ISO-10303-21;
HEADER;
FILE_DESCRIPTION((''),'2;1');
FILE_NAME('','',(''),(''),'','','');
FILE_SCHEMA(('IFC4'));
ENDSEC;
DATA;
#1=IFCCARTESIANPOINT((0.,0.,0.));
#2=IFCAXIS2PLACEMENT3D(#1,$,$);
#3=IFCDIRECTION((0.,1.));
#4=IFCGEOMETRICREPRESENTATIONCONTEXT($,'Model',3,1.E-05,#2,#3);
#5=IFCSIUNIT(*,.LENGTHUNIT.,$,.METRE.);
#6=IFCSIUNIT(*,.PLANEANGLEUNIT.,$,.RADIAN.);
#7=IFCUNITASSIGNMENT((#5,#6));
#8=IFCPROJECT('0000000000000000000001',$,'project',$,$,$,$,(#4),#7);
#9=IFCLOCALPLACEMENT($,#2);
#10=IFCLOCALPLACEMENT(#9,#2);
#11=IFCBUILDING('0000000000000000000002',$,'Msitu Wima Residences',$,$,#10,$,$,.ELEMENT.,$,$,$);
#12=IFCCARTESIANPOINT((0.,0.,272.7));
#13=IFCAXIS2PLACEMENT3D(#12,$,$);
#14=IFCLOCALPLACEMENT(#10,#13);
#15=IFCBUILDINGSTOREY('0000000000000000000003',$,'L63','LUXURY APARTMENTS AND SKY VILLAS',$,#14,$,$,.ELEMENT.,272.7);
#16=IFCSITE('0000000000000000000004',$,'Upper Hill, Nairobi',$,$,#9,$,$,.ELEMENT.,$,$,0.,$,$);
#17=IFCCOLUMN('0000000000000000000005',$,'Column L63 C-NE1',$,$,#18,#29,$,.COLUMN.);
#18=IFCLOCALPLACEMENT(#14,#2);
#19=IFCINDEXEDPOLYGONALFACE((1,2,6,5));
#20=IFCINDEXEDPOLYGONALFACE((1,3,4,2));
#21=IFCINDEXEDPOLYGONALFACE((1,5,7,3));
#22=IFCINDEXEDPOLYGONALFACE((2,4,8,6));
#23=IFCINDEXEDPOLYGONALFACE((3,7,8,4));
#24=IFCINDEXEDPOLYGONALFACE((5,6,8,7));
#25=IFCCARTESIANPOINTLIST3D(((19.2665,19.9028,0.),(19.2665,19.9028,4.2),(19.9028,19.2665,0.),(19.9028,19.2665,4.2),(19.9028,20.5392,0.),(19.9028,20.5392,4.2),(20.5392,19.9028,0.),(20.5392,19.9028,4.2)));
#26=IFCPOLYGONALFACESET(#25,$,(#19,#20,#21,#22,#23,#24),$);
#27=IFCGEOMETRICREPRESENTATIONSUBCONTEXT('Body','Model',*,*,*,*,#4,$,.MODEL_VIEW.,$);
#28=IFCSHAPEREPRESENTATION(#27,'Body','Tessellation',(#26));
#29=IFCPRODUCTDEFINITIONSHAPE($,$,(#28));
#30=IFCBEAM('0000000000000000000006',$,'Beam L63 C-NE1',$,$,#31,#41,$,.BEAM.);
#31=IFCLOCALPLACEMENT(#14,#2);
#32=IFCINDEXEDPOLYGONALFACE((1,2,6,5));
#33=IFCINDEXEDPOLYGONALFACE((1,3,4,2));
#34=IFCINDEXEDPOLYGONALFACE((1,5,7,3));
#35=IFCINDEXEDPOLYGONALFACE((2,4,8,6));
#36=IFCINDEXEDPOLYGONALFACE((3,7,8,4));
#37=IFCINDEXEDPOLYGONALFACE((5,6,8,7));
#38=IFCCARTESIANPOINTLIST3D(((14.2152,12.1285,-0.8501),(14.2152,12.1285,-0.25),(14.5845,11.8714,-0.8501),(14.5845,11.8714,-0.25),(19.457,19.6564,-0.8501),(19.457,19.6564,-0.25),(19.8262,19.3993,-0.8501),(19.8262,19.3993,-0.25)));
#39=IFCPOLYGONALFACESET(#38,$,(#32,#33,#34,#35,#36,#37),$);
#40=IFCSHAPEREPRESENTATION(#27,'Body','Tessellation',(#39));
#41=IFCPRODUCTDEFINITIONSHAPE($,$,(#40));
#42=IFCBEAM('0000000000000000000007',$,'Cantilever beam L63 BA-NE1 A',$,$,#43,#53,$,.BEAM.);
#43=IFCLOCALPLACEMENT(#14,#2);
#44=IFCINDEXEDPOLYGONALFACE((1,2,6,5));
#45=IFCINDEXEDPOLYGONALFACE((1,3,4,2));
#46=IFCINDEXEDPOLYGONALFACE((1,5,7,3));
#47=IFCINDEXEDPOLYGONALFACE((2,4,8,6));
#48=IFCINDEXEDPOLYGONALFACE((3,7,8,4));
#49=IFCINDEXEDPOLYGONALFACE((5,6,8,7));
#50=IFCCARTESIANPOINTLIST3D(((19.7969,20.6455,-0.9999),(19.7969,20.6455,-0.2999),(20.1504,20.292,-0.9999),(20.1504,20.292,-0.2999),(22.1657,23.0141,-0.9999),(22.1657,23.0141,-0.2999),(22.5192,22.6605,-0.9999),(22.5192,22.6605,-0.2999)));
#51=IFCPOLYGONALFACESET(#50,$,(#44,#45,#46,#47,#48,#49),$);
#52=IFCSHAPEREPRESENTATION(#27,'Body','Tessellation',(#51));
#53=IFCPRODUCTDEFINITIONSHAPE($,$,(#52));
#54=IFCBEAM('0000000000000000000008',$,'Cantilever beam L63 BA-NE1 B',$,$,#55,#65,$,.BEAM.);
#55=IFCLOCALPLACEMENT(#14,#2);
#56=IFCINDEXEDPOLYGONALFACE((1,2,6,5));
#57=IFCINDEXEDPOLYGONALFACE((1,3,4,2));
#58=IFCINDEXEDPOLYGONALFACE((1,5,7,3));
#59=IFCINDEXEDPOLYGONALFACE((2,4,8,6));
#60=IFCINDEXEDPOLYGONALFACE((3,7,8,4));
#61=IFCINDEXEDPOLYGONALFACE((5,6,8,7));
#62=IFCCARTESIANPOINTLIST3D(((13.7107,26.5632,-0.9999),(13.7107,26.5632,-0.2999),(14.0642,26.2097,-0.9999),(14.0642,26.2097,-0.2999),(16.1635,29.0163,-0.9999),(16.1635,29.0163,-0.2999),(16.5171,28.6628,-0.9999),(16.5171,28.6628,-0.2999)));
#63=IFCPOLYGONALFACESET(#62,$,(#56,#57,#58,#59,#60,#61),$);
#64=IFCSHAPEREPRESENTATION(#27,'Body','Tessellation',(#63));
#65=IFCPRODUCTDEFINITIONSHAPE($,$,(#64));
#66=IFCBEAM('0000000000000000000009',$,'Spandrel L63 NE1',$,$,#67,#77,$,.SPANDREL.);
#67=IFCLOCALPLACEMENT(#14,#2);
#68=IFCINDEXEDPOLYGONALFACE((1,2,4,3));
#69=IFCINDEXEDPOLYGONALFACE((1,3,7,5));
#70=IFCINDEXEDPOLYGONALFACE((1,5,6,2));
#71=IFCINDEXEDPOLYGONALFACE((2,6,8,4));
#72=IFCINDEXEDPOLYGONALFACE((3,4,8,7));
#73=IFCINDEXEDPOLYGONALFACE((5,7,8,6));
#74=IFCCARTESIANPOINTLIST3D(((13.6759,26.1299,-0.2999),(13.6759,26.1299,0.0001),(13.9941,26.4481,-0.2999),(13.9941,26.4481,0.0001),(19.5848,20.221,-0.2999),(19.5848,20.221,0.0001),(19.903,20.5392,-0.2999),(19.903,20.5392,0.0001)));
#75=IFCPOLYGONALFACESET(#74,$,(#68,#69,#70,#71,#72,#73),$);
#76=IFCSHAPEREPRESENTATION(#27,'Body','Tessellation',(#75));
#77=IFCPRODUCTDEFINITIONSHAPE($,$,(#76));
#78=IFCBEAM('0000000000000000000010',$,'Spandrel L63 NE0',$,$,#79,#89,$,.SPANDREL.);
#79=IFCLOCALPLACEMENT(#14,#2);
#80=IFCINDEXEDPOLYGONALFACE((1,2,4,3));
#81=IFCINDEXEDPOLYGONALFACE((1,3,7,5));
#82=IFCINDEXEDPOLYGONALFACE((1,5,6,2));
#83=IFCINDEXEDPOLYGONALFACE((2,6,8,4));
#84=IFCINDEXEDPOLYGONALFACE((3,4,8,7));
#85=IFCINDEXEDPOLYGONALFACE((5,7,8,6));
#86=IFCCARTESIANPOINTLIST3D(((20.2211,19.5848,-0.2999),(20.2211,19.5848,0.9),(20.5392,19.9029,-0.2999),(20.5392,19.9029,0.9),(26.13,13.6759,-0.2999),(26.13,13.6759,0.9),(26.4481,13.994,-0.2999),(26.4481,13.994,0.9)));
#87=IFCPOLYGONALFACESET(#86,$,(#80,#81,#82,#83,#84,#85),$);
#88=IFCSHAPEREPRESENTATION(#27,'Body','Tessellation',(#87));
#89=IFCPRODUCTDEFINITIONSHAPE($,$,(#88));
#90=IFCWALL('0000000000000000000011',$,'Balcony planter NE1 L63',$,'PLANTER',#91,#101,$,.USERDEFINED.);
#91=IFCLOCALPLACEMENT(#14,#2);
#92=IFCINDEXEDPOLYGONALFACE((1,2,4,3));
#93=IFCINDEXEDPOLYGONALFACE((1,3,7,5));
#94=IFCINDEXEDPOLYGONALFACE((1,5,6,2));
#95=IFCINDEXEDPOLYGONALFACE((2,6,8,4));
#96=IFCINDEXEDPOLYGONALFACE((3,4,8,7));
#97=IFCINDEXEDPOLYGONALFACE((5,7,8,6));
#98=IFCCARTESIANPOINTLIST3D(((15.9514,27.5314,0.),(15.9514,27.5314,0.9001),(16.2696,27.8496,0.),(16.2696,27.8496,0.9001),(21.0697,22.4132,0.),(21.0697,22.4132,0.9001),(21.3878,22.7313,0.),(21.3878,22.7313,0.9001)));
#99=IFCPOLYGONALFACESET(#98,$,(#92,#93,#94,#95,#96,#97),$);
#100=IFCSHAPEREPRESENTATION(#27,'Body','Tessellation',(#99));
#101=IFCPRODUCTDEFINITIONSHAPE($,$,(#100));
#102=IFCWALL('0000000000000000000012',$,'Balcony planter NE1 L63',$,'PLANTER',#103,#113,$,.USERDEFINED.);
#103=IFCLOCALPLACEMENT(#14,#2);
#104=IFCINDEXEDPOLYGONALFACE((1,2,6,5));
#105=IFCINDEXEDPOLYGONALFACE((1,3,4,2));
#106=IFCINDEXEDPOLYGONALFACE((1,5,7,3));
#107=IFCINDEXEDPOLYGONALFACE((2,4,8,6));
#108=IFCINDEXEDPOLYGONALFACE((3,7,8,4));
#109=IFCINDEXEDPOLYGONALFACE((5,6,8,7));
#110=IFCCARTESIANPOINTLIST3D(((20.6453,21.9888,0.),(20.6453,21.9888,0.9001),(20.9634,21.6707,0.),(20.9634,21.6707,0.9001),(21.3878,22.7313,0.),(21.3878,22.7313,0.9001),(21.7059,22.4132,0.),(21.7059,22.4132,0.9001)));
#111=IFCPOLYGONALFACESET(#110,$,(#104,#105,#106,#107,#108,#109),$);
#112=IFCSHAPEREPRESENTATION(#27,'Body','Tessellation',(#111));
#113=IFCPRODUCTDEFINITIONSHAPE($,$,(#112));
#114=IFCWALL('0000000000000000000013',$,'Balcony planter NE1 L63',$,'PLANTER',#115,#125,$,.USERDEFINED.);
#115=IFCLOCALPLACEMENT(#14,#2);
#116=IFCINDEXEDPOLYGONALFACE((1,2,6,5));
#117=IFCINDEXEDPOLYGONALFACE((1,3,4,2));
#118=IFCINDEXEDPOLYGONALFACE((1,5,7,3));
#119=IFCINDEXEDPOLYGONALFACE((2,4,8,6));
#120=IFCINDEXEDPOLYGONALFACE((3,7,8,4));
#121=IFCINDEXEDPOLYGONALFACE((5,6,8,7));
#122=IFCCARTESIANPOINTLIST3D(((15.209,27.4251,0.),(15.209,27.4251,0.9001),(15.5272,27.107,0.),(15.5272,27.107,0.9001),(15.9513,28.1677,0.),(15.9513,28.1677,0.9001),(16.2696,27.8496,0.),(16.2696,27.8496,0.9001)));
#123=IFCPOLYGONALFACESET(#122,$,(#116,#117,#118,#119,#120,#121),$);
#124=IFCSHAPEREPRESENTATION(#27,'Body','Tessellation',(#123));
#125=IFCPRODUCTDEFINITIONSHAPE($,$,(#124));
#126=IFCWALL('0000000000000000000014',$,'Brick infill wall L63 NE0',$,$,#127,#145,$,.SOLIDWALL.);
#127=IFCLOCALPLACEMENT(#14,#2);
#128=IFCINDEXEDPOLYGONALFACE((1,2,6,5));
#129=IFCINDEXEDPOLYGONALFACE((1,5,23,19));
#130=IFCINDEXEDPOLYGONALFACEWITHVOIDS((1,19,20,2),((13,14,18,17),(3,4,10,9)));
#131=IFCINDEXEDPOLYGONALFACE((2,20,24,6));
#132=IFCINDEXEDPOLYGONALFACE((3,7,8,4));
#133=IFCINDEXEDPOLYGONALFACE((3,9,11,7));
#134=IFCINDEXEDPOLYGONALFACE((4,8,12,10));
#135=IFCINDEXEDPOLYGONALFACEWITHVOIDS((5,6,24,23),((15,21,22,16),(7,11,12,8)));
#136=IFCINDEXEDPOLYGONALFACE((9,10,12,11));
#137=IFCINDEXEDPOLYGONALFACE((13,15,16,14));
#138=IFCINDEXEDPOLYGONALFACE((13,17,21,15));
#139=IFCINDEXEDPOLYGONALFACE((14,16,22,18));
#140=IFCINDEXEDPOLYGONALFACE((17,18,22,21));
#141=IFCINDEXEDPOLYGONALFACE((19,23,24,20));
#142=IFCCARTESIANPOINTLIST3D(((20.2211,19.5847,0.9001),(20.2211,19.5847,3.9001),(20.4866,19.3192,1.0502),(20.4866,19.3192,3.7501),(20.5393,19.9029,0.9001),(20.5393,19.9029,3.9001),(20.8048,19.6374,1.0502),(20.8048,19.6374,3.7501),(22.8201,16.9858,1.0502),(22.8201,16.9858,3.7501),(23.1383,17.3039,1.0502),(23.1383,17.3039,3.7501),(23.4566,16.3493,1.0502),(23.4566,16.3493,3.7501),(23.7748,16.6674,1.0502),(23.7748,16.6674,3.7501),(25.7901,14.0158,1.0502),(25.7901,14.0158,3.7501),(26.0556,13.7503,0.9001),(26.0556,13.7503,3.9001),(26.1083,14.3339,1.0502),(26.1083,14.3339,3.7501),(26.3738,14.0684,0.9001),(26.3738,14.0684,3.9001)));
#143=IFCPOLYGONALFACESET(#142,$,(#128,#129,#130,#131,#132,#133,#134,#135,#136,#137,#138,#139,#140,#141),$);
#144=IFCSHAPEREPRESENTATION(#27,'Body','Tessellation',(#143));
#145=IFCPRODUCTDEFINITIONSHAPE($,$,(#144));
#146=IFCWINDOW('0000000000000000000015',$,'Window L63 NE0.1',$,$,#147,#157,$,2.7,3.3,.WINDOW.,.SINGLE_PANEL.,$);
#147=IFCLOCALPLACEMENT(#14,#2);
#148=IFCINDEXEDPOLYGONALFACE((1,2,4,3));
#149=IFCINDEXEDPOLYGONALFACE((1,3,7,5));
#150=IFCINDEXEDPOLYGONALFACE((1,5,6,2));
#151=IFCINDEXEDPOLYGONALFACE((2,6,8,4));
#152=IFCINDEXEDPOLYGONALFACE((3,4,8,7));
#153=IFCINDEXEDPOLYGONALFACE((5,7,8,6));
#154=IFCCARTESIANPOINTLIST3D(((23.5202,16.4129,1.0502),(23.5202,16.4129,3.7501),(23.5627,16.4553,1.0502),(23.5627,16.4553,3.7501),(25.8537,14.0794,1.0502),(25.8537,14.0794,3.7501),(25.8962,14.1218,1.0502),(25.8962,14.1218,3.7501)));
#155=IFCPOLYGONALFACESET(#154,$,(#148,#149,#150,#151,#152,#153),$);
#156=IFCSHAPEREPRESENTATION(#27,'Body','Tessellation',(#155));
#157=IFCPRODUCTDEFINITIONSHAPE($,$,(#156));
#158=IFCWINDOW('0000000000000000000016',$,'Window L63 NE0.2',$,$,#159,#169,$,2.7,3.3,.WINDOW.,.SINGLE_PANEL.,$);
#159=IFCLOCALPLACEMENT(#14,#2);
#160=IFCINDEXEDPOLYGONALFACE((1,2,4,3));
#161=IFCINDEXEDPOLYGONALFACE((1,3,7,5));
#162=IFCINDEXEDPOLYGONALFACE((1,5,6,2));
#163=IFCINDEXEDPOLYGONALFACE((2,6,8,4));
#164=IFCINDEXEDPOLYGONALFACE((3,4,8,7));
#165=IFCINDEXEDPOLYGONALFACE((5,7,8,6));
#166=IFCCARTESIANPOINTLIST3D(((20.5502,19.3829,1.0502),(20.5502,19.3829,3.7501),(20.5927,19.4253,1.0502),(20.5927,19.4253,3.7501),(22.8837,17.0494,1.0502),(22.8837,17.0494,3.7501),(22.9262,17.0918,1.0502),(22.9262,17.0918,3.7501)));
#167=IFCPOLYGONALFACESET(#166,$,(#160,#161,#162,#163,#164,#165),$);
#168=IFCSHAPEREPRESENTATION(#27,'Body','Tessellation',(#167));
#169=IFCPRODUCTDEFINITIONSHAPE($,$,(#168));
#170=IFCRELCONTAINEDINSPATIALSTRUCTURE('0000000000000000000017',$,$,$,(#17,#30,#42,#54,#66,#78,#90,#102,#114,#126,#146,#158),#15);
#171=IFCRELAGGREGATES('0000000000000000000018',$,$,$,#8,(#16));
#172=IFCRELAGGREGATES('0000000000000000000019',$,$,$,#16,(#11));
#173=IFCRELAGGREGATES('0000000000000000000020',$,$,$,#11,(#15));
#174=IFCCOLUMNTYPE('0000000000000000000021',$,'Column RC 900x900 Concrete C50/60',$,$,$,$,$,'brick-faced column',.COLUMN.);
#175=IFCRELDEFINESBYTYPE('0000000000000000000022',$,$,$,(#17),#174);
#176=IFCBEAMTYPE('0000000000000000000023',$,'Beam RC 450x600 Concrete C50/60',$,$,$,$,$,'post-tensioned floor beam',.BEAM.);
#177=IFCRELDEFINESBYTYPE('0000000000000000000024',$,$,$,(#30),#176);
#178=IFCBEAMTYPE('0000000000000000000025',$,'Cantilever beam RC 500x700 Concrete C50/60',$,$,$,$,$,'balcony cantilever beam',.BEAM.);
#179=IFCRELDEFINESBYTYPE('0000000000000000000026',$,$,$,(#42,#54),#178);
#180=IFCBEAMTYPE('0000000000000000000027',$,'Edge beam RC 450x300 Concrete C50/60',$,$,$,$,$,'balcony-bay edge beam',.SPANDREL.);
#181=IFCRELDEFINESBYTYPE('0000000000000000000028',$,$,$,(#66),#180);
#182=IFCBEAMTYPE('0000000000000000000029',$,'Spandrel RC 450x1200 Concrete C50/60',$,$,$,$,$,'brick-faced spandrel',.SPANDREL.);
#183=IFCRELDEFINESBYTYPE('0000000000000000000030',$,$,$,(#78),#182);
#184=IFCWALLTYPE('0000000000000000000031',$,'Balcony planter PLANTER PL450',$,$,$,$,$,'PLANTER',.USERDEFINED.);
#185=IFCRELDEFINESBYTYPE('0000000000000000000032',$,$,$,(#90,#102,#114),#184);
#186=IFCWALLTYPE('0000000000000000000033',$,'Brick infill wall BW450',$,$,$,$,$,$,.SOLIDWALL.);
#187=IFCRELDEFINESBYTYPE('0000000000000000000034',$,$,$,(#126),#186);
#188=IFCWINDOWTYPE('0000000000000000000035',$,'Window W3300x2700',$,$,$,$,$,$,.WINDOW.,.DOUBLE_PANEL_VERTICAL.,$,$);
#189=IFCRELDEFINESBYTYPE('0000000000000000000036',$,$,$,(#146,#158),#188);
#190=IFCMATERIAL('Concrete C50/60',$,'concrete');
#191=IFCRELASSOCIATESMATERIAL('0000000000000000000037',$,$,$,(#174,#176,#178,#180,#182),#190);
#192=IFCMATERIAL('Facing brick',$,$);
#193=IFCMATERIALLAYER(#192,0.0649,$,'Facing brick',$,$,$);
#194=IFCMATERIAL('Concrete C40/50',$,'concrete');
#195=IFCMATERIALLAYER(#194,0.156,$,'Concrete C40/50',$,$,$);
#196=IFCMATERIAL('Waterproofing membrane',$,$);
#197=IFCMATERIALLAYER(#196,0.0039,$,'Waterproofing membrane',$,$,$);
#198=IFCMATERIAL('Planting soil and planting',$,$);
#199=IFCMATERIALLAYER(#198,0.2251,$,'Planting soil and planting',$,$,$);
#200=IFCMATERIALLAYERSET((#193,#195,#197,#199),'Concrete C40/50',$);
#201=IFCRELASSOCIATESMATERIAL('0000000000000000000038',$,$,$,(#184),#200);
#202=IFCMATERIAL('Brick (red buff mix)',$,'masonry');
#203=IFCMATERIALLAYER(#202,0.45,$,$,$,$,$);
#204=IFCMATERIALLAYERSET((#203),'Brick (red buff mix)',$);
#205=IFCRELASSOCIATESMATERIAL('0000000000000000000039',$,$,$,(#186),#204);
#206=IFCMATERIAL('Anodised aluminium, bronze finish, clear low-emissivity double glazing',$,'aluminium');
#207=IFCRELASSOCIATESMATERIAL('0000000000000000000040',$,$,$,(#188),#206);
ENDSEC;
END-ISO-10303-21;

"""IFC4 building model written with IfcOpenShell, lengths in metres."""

from ifc_helpers import new_model, si_unit, direction, frame, frame_2d, origin, origin_2d, place, context, subcontext, project, spatial, rectangle, extrude, material, layer, layer_set, material_profile, profile_set, type_object, element, fill, save


model = new_model("IFC4")

# Units and contexts
model_context = context("Model", 3, precision=1e-05, world=origin(), true_north=direction((0.0, 1.0)))
body_context = subcontext(model_context, "Body", "Model", "MODEL_VIEW")
ifc_project = project(units=[si_unit("LENGTHUNIT", "METRE"), si_unit("PLANEANGLEUNIT", "RADIAN")], contexts=[model_context])

# Site, building, storey
site_placement = place(None, origin())
site = spatial("IfcSite", under=ifc_project, at=site_placement, Name="Upper Hill, Nairobi", CompositionType="ELEMENT", RefElevation=0.0)
building_placement = place(site_placement, origin())
building = spatial("IfcBuilding", under=site, at=building_placement, Name="Msitu Wima Residences", CompositionType="ELEMENT")
storey_placement = place(building_placement, frame((0.0, 0.0, 272.7)))
storey = spatial("IfcBuildingStorey", under=building, at=storey_placement, Name="L63", Description="LUXURY APARTMENTS AND SKY VILLAS", CompositionType="ELEMENT", Elevation=272.7)

# Column
ifc_material_1 = material(Name="Concrete C50/60", Category="concrete")
ifc_material_profile_1 = material_profile(ifc_material_1, rectangle(XDim=0.8999, YDim=0.8999, at=origin_2d()), Name="RC 900x900")
ifc_profile_set_1 = profile_set([ifc_material_profile_1], Name="Concrete C50/60")
column_type = type_object("IfcColumnType", Name="Column RC 900x900 Concrete C50/60", ElementType="brick-faced column", PredefinedType="COLUMN", material=ifc_profile_set_1)
column_placement = place(storey_placement, frame((19.9028, 19.9028, 0.0), z_axis=(0.0, 0.0, 1.0), x_axis=(-0.707107, 0.707107, 0.0)))
element("IfcColumn", 1, at=column_placement, inside=storey, type_object=column_type, Name="Column L63 C-NE1", PredefinedType="COLUMN", context=body_context, shape_type="SweptSolid", body=[
    extrude(rectangle(XDim=0.8999, YDim=0.8999, at=origin_2d()), origin(), (0.0, 0.0, 1.0), 4.2),
])

# Beams
ifc_material_profile_2 = material_profile(ifc_material_1, rectangle(XDim=0.45, YDim=0.6001, at=origin_2d()), Name="RC 450x600")
ifc_profile_set_2 = profile_set([ifc_material_profile_2], Name="Concrete C50/60")
beam_type_1 = type_object("IfcBeamType", Name="Beam RC 450x600 Concrete C50/60", ElementType="post-tensioned floor beam", PredefinedType="BEAM", material=ifc_profile_set_2)
beam_1_placement = place(storey_placement, frame((19.6416, 19.5278, -0.55), z_axis=(-0.571428, -0.820652, 0.0), x_axis=(0.820652, -0.571428, 0.0)))
element("IfcBeam", 2, at=beam_1_placement, inside=storey, type_object=beam_type_1, Name="Beam L63 C-NE1", PredefinedType="BEAM", context=body_context, shape_type="SweptSolid", body=[
    extrude(rectangle(XDim=0.45, YDim=0.6001, at=origin_2d()), origin(), (0.0, 0.0, 1.0), 9.1731),
])
ifc_material_profile_3 = material_profile(ifc_material_1, rectangle(XDim=0.5, YDim=0.7, at=origin_2d()), Name="RC 500x700")
ifc_profile_set_3 = profile_set([ifc_material_profile_3], Name="Concrete C50/60")
beam_type_2 = type_object("IfcBeamType", Name="Cantilever beam RC 500x700 Concrete C50/60", ElementType="balcony cantilever beam", PredefinedType="BEAM", material=ifc_profile_set_3)
beam_2_placement = place(storey_placement, frame((19.9736, 20.4688, -0.6499), z_axis=(0.707143, 0.70707, 0.0), x_axis=(-0.70707, 0.707143, 0.0)))
element("IfcBeam", 3, at=beam_2_placement, inside=storey, type_object=beam_type_2, Name="Cantilever beam L63 BA-NE1 A", PredefinedType="BEAM", context=body_context, shape_type="SweptSolid", body=[
    extrude(rectangle(XDim=0.5, YDim=0.7, at=origin_2d()), origin(), (0.0, 0.0, 1.0), 3.3499),
])
beam_3_placement = place(storey_placement, frame((13.8875, 26.3865, -0.6499), z_axis=(0.707072, 0.707142, 0.0), x_axis=(-0.707142, 0.707072, 0.0)))
element("IfcBeam", 4, at=beam_3_placement, inside=storey, type_object=beam_type_2, Name="Cantilever beam L63 BA-NE1 B", PredefinedType="BEAM", context=body_context, shape_type="SweptSolid", body=[
    extrude(rectangle(XDim=0.5, YDim=0.7, at=origin_2d()), origin(), (0.0, 0.0, 1.0), 3.469),
])
ifc_material_profile_4 = material_profile(ifc_material_1, rectangle(XDim=0.45, YDim=0.3, at=origin_2d()), Name="RC 450x300")
ifc_profile_set_4 = profile_set([ifc_material_profile_4], Name="Concrete C50/60")
beam_type_3 = type_object("IfcBeamType", Name="Edge beam RC 450x300 Concrete C50/60", ElementType="balcony-bay edge beam", PredefinedType="SPANDREL", material=ifc_profile_set_4)
beam_4_placement = place(storey_placement, frame((19.7439, 20.3801, -0.1499), z_axis=(-0.707107, 0.707107, 0.0), x_axis=(-0.707107, -0.707107, 0.0)))
element("IfcBeam", 5, at=beam_4_placement, inside=storey, type_object=beam_type_3, Name="Spandrel L63 NE1", PredefinedType="SPANDREL", context=body_context, shape_type="SweptSolid", body=[
    extrude(rectangle(XDim=0.45, YDim=0.3, at=origin_2d()), origin(), (0.0, 0.0, 1.0), 8.3564),
])
ifc_material_profile_5 = material_profile(ifc_material_1, rectangle(XDim=0.45, YDim=1.2, at=origin_2d()), Name="RC 450x1200")
ifc_profile_set_5 = profile_set([ifc_material_profile_5], Name="Concrete C50/60")
beam_type_4 = type_object("IfcBeamType", Name="Spandrel RC 450x1200 Concrete C50/60", ElementType="brick-faced spandrel", PredefinedType="SPANDREL", material=ifc_profile_set_5)
beam_5_placement = place(storey_placement, frame((26.2891, 13.835, 0.3), z_axis=(-0.707107, 0.707107, 0.0), x_axis=(-0.707107, -0.707107, 0.0)))
element("IfcBeam", 6, at=beam_5_placement, inside=storey, type_object=beam_type_4, Name="Spandrel L63 NE0", PredefinedType="SPANDREL", context=body_context, shape_type="SweptSolid", body=[
    extrude(rectangle(XDim=0.45, YDim=1.2, at=origin_2d()), origin(), (0.0, 0.0, 1.0), 8.3564),
])

# Walls
ifc_material_2 = material(Name="Facing brick")
ifc_layer_1 = layer(ifc_material_2, 0.0649, Name="Facing brick")
ifc_material_3 = material(Name="Concrete C40/50", Category="concrete")
ifc_layer_2 = layer(ifc_material_3, 0.156, Name="Concrete C40/50")
ifc_material_4 = material(Name="Waterproofing membrane")
ifc_layer_3 = layer(ifc_material_4, 0.0039, Name="Waterproofing membrane")
ifc_material_5 = material(Name="Planting soil and planting")
ifc_layer_4 = layer(ifc_material_5, 0.2251, Name="Planting soil and planting")
ifc_layer_set_1 = layer_set([ifc_layer_1, ifc_layer_2, ifc_layer_3, ifc_layer_4], Name="Concrete C40/50")
wall_type_1 = type_object("IfcWallType", Name="Balcony planter PLANTER PL450", ElementType="PLANTER", PredefinedType="USERDEFINED", material=ifc_layer_set_1)
wall_1_placement = place(storey_placement, frame((21.2288, 22.5723, 0.0), z_axis=(0.0, 0.0, 1.0), x_axis=(-0.707107, 0.707107, 0.0)))
element("IfcWall", 7, at=wall_1_placement, inside=storey, type_object=wall_type_1, Name="Balcony planter NE1 L63", ObjectType="PLANTER", PredefinedType="USERDEFINED", context=body_context, shape_type="SweptSolid", body=[
    extrude(rectangle(XDim=7.2383, YDim=0.45, at=frame_2d((3.6191, 0.0))), origin(), (0.0, 0.0, 1.0), 0.9001),
])
for number, where, z_axis, x_axis, name in (
    (8, (20.8044, 21.8298, 0.0), (0.0, 0.0, 1.0), (0.707107, 0.707107, 0.0), "Balcony planter NE1 L63"),
    (9, (15.3682, 27.2661, 0.0), (0.0, 0.0, 1.0), (0.706991, 0.707223, 0.0), "Balcony planter NE1 L63"),
):
    element("IfcWall", number, at=place(storey_placement, frame(where, z_axis=z_axis, x_axis=x_axis)), inside=storey, type_object=wall_type_1, Name=name, ObjectType="PLANTER", PredefinedType="USERDEFINED", context=body_context, shape_type="SweptSolid", body=[
        extrude(rectangle(XDim=1.05, YDim=0.45, at=frame_2d((0.5249, 0.0))), origin(), (0.0, 0.0, 1.0), 0.9001),
    ])

# Wall, openings, windows
ifc_material_6 = material(Name="Brick (red buff mix)", Category="masonry")
ifc_layer_5 = layer(ifc_material_6, 0.45)
ifc_layer_set_2 = layer_set([ifc_layer_5], Name="Brick (red buff mix)")
wall_type_2 = type_object("IfcWallType", Name="Brick infill wall BW450", PredefinedType="SOLIDWALL", material=ifc_layer_set_2)
wall_2_placement = place(storey_placement, frame((26.2146, 13.9094, 0.9001), z_axis=(0.0, 0.0, 1.0), x_axis=(-0.707107, 0.707107, 0.0)))
wall_2 = element("IfcWall", 10, at=wall_2_placement, inside=storey, type_object=wall_type_2, Name="Brick infill wall L63 NE0", PredefinedType="SOLIDWALL", context=body_context, shape_type="SweptSolid", body=[
    extrude(rectangle(XDim=8.2512, YDim=0.45, at=frame_2d((4.1255, 0.0))), origin(), (0.0, 0.0, 1.0), 3.0),
])
opening_1_placement = place(wall_2_placement, frame((0.3755, 0.0, 0.1499)))
opening_1 = element("IfcOpeningElement", 11, at=opening_1_placement, cuts=wall_2, PredefinedType="OPENING", context=body_context, shape_type="SweptSolid", body=[
    extrude(rectangle(XDim=3.3, YDim=2.7, at=frame_2d((1.6499, 1.3501))), frame((0.0, 0.2349, 0.0), z_axis=(0.0, -1.0, 0.0), x_axis=(1.0, 0.0, 0.0)), (0.0, 0.0, 1.0), 0.47),
])
opening_2_placement = place(wall_2_placement, frame((4.5757, 0.0, 0.1499)))
opening_2 = element("IfcOpeningElement", 12, at=opening_2_placement, cuts=wall_2, PredefinedType="OPENING", context=body_context, shape_type="SweptSolid", body=[
    extrude(rectangle(XDim=3.3, YDim=2.7, at=frame_2d((1.6499, 1.3501))), frame((0.0, 0.2349, 0.0), z_axis=(0.0, -1.0, 0.0), x_axis=(1.0, 0.0, 0.0)), (0.0, 0.0, 1.0), 0.47),
])
ifc_material_7 = material(Name="Anodised aluminium, bronze finish, clear low-emissivity double glazing", Category="aluminium")
window_type = type_object("IfcWindowType", Name="Window W3300x2700", PartitioningType="DOUBLE_PANEL_VERTICAL", PredefinedType="WINDOW", material=ifc_material_7)
window_1_placement = place(opening_1_placement, origin())
window_1 = element("IfcWindow", 13, at=window_1_placement, inside=storey, type_object=window_type, Name="Window L63 NE0.1", OverallHeight=2.7, OverallWidth=3.3, PartitioningType="SINGLE_PANEL", PredefinedType="WINDOW", context=body_context, shape_type="SweptSolid", body=[
    extrude(rectangle(XDim=3.3, YDim=2.7, at=frame_2d((1.6499, 1.3501))), frame((0.0, 0.135, 0.0), z_axis=(0.0, -1.0, 0.0), x_axis=(1.0, 0.0, 0.0)), (0.0, 0.0, 1.0), 0.0601),
])
fill(opening_1, window_1)
window_2_placement = place(opening_2_placement, origin())
window_2 = element("IfcWindow", 14, at=window_2_placement, inside=storey, type_object=window_type, Name="Window L63 NE0.2", OverallHeight=2.7, OverallWidth=3.3, PartitioningType="SINGLE_PANEL", PredefinedType="WINDOW", context=body_context, shape_type="SweptSolid", body=[
    extrude(rectangle(XDim=3.3, YDim=2.7, at=frame_2d((1.6499, 1.3501))), frame((0.0, 0.135, 0.0), z_axis=(0.0, -1.0, 0.0), x_axis=(1.0, 0.0, 0.0)), (0.0, 0.0, 1.0), 0.0601),
])
fill(opening_2, window_2)

save(model, "model.ifc")
